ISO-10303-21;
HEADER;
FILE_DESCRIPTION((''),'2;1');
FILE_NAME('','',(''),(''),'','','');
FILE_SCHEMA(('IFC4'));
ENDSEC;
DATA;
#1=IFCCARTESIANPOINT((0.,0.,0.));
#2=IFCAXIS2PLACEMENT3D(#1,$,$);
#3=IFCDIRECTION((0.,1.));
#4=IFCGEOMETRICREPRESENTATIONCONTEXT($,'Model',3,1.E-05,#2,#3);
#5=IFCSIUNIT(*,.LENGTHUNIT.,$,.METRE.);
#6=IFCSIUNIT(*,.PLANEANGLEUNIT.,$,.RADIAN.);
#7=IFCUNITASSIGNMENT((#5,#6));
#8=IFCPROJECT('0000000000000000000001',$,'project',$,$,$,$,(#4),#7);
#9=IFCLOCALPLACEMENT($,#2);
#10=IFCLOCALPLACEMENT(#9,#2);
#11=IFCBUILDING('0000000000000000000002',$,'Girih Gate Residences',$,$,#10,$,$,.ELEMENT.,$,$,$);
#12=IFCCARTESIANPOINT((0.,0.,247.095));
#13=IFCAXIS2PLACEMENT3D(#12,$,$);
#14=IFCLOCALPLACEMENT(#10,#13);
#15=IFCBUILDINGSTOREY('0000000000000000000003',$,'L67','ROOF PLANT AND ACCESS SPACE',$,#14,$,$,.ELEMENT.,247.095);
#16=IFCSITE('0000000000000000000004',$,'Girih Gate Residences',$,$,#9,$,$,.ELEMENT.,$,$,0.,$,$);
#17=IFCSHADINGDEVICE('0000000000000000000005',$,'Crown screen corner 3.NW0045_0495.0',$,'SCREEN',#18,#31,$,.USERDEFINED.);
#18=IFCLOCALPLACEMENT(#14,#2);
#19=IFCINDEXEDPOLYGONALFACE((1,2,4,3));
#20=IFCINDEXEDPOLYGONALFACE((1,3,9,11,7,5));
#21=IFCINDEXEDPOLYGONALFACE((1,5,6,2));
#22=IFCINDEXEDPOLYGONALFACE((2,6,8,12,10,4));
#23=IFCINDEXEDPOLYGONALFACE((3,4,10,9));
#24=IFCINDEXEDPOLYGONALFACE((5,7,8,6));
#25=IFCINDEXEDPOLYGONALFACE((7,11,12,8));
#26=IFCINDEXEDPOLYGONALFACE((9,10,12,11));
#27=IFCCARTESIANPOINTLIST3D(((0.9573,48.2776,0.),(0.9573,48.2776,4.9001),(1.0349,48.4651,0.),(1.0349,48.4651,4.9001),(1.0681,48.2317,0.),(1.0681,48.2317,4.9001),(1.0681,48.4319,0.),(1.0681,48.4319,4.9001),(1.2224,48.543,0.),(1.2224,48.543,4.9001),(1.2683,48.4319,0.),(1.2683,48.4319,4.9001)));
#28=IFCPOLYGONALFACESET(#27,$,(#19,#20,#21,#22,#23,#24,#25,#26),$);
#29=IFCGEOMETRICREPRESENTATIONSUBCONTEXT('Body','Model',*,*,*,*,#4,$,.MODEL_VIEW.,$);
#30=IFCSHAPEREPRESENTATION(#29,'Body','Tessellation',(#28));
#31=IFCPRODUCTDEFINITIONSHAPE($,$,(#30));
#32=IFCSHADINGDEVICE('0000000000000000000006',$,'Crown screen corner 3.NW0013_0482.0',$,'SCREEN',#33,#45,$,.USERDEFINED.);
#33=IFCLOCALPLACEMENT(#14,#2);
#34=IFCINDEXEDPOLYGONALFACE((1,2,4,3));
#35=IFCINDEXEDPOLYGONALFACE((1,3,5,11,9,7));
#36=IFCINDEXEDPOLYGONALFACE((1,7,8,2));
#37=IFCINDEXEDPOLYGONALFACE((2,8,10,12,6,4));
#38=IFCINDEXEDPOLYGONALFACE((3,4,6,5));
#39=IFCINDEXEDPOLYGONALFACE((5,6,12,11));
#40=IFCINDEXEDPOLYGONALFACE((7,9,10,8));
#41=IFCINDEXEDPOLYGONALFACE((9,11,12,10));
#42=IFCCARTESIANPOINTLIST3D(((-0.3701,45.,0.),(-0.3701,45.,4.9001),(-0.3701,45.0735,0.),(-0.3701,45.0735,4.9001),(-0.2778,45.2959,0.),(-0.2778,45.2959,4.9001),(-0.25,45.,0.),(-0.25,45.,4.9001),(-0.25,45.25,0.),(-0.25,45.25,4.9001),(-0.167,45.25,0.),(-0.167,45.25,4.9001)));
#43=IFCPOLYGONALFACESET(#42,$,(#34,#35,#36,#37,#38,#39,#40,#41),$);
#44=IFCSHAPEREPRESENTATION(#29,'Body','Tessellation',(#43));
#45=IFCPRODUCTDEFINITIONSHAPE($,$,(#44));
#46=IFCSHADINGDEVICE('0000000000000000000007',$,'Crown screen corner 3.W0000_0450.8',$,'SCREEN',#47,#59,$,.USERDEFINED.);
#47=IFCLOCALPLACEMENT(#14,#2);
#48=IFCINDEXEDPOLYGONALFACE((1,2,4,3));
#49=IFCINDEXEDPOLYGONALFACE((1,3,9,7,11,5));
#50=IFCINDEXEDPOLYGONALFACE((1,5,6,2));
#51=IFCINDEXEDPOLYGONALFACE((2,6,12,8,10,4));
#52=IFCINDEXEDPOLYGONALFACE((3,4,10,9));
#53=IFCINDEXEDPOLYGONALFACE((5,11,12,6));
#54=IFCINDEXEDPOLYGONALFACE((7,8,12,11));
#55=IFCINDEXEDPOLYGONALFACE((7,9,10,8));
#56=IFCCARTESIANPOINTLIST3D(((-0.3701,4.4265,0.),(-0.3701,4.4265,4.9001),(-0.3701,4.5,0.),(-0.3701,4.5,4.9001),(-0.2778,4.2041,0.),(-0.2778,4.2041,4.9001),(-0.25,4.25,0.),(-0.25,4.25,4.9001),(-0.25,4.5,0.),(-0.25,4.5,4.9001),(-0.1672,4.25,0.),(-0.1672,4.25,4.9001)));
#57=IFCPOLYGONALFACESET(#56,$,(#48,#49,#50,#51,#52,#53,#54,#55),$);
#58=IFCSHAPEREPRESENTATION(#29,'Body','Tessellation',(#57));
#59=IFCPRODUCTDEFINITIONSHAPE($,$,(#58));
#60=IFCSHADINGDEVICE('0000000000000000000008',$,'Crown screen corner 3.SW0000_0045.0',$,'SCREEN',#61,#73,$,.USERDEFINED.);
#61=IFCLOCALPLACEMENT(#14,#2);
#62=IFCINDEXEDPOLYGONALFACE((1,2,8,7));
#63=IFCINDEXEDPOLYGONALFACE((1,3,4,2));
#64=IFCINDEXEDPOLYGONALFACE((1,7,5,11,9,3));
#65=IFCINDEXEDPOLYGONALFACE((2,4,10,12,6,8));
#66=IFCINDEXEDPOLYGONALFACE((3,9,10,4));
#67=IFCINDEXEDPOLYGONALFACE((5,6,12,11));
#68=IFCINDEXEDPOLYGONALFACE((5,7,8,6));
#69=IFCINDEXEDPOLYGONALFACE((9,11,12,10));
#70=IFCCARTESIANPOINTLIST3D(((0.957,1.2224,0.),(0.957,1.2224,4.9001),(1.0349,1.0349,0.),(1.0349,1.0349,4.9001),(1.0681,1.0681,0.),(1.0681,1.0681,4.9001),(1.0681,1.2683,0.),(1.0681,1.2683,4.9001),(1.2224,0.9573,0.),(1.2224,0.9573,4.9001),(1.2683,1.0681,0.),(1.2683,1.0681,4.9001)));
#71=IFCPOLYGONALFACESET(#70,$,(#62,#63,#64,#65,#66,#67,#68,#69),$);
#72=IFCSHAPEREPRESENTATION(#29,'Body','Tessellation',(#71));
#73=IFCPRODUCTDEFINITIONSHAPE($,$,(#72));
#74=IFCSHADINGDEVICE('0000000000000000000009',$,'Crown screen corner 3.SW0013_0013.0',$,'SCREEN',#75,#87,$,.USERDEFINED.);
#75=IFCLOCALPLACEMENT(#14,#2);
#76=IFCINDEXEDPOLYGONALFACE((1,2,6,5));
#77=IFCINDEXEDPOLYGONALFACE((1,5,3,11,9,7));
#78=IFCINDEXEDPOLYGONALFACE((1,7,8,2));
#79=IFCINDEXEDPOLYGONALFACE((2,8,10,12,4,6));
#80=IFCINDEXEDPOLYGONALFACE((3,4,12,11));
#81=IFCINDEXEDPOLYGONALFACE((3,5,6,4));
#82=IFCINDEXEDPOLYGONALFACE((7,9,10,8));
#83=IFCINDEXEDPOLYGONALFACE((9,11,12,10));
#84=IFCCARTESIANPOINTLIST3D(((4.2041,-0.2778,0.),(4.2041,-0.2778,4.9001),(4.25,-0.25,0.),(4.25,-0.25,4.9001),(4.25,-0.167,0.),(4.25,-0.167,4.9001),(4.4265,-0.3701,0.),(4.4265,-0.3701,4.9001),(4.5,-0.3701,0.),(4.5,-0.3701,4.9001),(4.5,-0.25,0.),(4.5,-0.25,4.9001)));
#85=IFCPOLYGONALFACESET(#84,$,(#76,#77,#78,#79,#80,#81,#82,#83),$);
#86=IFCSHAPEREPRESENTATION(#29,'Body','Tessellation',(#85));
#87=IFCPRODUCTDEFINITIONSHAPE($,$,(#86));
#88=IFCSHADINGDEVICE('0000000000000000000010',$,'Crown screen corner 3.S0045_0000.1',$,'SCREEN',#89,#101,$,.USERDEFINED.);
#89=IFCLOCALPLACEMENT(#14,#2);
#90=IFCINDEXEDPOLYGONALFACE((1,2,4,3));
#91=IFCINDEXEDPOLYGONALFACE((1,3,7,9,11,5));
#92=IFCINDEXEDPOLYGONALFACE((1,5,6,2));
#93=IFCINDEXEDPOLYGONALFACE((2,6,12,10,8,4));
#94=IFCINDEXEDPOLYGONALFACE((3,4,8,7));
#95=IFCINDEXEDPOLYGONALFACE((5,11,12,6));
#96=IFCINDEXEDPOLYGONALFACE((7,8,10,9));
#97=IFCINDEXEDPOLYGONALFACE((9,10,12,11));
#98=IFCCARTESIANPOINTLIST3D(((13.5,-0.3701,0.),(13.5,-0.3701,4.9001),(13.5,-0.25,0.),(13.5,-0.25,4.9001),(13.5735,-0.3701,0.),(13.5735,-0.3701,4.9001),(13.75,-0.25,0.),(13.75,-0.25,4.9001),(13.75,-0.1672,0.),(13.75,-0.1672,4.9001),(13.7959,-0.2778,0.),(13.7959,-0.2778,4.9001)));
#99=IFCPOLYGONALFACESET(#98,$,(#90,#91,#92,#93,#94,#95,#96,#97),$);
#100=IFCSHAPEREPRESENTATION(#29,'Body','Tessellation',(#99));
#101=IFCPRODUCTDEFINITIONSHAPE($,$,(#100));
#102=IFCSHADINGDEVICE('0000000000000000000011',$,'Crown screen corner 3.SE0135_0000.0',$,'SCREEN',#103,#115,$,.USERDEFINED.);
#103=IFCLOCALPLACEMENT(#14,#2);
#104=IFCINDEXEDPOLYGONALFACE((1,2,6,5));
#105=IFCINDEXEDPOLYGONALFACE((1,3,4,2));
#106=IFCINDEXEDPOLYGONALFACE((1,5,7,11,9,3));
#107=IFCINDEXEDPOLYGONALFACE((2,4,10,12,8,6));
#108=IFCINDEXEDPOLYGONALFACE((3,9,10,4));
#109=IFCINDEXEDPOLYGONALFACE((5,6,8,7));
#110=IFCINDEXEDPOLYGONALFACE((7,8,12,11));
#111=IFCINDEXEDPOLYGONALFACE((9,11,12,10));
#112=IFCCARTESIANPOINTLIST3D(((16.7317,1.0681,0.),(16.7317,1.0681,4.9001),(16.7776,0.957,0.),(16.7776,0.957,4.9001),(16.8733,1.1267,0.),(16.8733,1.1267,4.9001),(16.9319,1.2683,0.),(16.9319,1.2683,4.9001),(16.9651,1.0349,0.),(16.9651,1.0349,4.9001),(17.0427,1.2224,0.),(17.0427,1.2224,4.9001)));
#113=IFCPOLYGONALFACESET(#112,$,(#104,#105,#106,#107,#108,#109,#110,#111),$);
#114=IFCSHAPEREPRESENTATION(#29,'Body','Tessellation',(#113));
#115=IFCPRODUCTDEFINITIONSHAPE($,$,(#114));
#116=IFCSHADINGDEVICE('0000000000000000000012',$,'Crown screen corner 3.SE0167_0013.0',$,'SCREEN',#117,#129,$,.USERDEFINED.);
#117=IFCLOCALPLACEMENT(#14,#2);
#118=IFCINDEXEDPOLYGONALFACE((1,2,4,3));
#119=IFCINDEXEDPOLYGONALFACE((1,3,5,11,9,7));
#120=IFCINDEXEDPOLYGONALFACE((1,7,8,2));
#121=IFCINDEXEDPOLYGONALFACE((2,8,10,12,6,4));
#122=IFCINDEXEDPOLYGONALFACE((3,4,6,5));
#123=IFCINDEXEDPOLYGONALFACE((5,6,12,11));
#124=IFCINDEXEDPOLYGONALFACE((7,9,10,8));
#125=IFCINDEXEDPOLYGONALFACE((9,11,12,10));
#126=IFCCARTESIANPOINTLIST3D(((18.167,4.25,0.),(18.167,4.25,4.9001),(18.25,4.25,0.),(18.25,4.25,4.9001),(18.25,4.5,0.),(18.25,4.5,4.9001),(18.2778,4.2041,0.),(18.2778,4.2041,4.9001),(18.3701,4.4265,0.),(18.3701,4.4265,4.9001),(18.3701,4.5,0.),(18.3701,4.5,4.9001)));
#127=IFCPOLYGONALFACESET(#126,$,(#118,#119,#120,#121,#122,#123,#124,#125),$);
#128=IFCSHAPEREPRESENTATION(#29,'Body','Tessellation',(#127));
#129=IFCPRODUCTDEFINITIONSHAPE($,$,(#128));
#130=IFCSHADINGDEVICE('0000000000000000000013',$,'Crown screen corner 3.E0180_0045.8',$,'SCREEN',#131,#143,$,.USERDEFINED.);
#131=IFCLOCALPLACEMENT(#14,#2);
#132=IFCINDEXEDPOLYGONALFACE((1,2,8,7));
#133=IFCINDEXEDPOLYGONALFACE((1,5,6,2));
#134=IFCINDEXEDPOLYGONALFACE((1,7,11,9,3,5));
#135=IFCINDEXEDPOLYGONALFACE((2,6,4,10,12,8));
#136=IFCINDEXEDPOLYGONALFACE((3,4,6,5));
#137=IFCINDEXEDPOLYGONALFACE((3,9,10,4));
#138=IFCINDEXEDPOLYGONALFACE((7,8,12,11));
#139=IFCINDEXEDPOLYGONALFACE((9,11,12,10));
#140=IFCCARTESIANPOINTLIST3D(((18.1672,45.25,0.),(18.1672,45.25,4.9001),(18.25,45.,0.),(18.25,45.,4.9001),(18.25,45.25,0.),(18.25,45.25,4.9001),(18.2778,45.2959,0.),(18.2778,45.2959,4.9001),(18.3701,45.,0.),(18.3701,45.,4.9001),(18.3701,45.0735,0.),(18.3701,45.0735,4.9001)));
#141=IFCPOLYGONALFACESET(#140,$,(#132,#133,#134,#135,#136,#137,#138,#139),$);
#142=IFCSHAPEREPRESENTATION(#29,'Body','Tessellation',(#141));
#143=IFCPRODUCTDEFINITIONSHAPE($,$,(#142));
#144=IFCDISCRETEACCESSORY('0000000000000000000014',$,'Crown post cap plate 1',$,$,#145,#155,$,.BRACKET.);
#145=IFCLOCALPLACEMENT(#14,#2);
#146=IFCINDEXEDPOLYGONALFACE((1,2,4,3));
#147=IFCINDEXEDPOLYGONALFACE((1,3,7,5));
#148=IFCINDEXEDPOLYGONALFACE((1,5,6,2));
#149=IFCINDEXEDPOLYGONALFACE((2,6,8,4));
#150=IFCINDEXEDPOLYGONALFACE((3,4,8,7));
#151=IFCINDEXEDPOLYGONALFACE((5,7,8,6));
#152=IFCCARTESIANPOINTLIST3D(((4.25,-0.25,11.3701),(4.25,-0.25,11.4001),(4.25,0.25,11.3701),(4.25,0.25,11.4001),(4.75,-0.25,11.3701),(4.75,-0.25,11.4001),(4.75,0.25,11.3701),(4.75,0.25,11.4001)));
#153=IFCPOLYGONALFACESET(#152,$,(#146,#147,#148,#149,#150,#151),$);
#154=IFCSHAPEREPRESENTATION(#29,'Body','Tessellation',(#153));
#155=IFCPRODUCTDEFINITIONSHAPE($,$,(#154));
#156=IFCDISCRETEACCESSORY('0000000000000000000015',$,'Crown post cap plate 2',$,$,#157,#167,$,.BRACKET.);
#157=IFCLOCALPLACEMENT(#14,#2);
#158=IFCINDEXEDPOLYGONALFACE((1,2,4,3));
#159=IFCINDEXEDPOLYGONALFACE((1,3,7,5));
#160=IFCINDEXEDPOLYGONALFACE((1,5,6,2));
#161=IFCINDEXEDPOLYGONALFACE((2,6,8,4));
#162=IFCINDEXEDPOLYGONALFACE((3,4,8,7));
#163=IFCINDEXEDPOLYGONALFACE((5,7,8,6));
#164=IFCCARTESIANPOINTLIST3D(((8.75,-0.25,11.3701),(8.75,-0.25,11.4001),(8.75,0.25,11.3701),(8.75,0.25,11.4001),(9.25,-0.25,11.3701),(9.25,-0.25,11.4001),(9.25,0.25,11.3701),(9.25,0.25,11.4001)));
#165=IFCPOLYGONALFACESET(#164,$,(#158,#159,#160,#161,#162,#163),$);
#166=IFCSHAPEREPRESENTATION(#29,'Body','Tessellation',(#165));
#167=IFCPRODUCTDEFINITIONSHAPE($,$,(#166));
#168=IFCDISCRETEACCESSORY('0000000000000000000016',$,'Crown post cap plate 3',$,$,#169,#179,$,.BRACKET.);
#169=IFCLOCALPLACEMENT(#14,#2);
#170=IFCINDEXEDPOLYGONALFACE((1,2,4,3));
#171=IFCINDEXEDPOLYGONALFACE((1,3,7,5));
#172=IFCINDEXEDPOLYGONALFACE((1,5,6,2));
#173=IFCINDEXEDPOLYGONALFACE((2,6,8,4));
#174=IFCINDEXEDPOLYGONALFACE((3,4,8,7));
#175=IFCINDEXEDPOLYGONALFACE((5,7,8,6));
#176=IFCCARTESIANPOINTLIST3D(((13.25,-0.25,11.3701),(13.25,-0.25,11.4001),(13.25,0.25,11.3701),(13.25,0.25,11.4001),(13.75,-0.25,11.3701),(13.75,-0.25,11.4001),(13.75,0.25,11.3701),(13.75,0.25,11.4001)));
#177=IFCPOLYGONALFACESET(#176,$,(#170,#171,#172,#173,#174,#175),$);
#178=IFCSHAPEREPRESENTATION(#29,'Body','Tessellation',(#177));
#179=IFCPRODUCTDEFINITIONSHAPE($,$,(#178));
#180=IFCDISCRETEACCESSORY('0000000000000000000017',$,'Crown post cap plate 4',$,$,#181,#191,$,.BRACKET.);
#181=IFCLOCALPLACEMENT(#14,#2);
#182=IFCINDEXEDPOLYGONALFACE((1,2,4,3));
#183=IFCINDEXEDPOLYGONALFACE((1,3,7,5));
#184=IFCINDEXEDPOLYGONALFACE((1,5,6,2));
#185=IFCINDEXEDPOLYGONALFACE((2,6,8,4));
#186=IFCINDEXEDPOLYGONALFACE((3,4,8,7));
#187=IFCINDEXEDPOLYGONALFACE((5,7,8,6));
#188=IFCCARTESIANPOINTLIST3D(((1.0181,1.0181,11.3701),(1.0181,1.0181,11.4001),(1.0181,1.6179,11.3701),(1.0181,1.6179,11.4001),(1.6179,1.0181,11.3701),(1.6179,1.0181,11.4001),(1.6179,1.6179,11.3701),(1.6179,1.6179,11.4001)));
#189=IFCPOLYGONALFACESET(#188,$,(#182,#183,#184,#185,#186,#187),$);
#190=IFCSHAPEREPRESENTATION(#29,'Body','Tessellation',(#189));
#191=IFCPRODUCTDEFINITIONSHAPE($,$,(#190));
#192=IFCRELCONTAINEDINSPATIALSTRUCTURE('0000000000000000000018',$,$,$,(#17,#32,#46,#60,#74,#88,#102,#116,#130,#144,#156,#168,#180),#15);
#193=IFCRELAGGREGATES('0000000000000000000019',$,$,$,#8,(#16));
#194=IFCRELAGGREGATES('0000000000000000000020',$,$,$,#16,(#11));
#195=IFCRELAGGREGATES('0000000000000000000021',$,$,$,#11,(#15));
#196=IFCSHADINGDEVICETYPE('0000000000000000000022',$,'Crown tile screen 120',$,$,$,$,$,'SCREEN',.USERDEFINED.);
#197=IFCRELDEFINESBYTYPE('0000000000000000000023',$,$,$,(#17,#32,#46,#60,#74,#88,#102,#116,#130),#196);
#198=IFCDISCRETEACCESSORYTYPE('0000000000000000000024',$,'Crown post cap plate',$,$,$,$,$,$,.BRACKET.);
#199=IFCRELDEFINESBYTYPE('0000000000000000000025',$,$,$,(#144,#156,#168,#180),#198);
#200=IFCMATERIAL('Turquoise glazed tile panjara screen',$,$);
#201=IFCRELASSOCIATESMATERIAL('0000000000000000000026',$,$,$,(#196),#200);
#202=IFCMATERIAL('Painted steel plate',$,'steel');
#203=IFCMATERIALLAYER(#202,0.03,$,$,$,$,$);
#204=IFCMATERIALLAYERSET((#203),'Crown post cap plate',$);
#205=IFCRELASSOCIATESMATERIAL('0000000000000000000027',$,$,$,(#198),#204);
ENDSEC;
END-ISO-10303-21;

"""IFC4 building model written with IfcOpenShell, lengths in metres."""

from ifc_helpers import new_model, si_unit, direction, frame, origin, place, context, subcontext, project, spatial, polyline, outline, extrude, material, layer, layer_set, type_object, element, save


model = new_model("IFC4")

# Units and contexts
model_context = context("Model", 3, precision=1e-05, world=origin(), true_north=direction((0.0, 1.0)))
body_context = subcontext(model_context, "Body", "Model", "MODEL_VIEW")
ifc_project = project(units=[si_unit("LENGTHUNIT", "METRE"), si_unit("PLANEANGLEUNIT", "RADIAN")], contexts=[model_context])

# Site, building, storey
site_placement = place(None, origin())
site = spatial("IfcSite", under=ifc_project, at=site_placement, Name="Girih Gate Residences", CompositionType="ELEMENT", RefElevation=0.0)
building_placement = place(site_placement, origin())
building = spatial("IfcBuilding", under=site, at=building_placement, Name="Girih Gate Residences", CompositionType="ELEMENT")
storey_placement = place(building_placement, frame((0.0, 0.0, 247.095)))
storey = spatial("IfcBuildingStorey", under=building, at=storey_placement, Name="L67", Description="ROOF PLANT AND ACCESS SPACE", CompositionType="ELEMENT", Elevation=247.095)

# Shading devices
ifc_material_1 = material(Name="Turquoise glazed tile panjara screen")
shading_device_type_1 = type_object("IfcShadingDeviceType", Name="Crown tile screen 120", ElementType="SCREEN", PredefinedType="USERDEFINED", material=ifc_material_1)
shading_device_1_placement = place(storey_placement, origin())
element("IfcShadingDevice", 1, at=shading_device_1_placement, inside=storey, type_object=shading_device_type_1, Name="Crown screen corner 3.NW0045_0495.0", ObjectType="SCREEN", PredefinedType="USERDEFINED", context=body_context, shape_type="SweptSolid", body=[
    extrude(outline(polyline([(1.0349, 48.4651), (1.2224, 48.543), (1.2683, 48.4319), (1.0681, 48.4319), (1.0681, 48.2317), (0.9573, 48.2776), (1.0349, 48.4651)])), origin(), (0.0, 0.0, 1.0), 4.9001),
])
shading_device_2_placement = place(storey_placement, origin())
element("IfcShadingDevice", 2, at=shading_device_2_placement, inside=storey, type_object=shading_device_type_1, Name="Crown screen corner 3.NW0013_0482.0", ObjectType="SCREEN", PredefinedType="USERDEFINED", context=body_context, shape_type="SweptSolid", body=[
    extrude(outline(polyline([(-0.3701, 45.0735), (-0.2778, 45.2959), (-0.167, 45.25), (-0.25, 45.25), (-0.25, 45.0), (-0.3701, 45.0), (-0.3701, 45.0735)])), origin(), (0.0, 0.0, 1.0), 4.9001),
])
shading_device_3_placement = place(storey_placement, origin())
element("IfcShadingDevice", 3, at=shading_device_3_placement, inside=storey, type_object=shading_device_type_1, Name="Crown screen corner 3.W0000_0450.8", ObjectType="SCREEN", PredefinedType="USERDEFINED", context=body_context, shape_type="SweptSolid", body=[
    extrude(outline(polyline([(-0.3701, 4.4265), (-0.3701, 4.5), (-0.25, 4.5), (-0.25, 4.25), (-0.1672, 4.25), (-0.2778, 4.2041), (-0.3701, 4.4265)])), origin(), (0.0, 0.0, 1.0), 4.9001),
])
shading_device_4_placement = place(storey_placement, origin())
element("IfcShadingDevice", 4, at=shading_device_4_placement, inside=storey, type_object=shading_device_type_1, Name="Crown screen corner 3.SW0000_0045.0", ObjectType="SCREEN", PredefinedType="USERDEFINED", context=body_context, shape_type="SweptSolid", body=[
    extrude(outline(polyline([(1.0349, 1.0349), (0.957, 1.2224), (1.0681, 1.2683), (1.0681, 1.0681), (1.2683, 1.0681), (1.2224, 0.9573), (1.0349, 1.0349)])), origin(), (0.0, 0.0, 1.0), 4.9001),
])
shading_device_5_placement = place(storey_placement, origin())
element("IfcShadingDevice", 5, at=shading_device_5_placement, inside=storey, type_object=shading_device_type_1, Name="Crown screen corner 3.SW0013_0013.0", ObjectType="SCREEN", PredefinedType="USERDEFINED", context=body_context, shape_type="SweptSolid", body=[
    extrude(outline(polyline([(4.4265, -0.3701), (4.2041, -0.2778), (4.25, -0.167), (4.25, -0.25), (4.5, -0.25), (4.5, -0.3701), (4.4265, -0.3701)])), origin(), (0.0, 0.0, 1.0), 4.9001),
])
shading_device_6_placement = place(storey_placement, origin())
element("IfcShadingDevice", 6, at=shading_device_6_placement, inside=storey, type_object=shading_device_type_1, Name="Crown screen corner 3.S0045_0000.1", ObjectType="SCREEN", PredefinedType="USERDEFINED", context=body_context, shape_type="SweptSolid", body=[
    extrude(outline(polyline([(13.5735, -0.3701), (13.5, -0.3701), (13.5, -0.25), (13.75, -0.25), (13.75, -0.1672), (13.7959, -0.2778), (13.5735, -0.3701)])), origin(), (0.0, 0.0, 1.0), 4.9001),
])
shading_device_7_placement = place(storey_placement, origin())
element("IfcShadingDevice", 7, at=shading_device_7_placement, inside=storey, type_object=shading_device_type_1, Name="Crown screen corner 3.SE0135_0000.0", ObjectType="SCREEN", PredefinedType="USERDEFINED", context=body_context, shape_type="SweptSolid", body=[
    extrude(outline(polyline([(16.9651, 1.0349), (16.7776, 0.957), (16.7317, 1.0681), (16.8733, 1.1267), (16.9319, 1.2683), (17.0427, 1.2224), (16.9651, 1.0349)])), origin(), (0.0, 0.0, 1.0), 4.9001),
])
shading_device_8_placement = place(storey_placement, origin())
element("IfcShadingDevice", 8, at=shading_device_8_placement, inside=storey, type_object=shading_device_type_1, Name="Crown screen corner 3.SE0167_0013.0", ObjectType="SCREEN", PredefinedType="USERDEFINED", context=body_context, shape_type="SweptSolid", body=[
    extrude(outline(polyline([(18.3701, 4.4265), (18.2778, 4.2041), (18.167, 4.25), (18.25, 4.25), (18.25, 4.5), (18.3701, 4.5), (18.3701, 4.4265)])), origin(), (0.0, 0.0, 1.0), 4.9001),
])
shading_device_9_placement = place(storey_placement, origin())
element("IfcShadingDevice", 9, at=shading_device_9_placement, inside=storey, type_object=shading_device_type_1, Name="Crown screen corner 3.E0180_0045.8", ObjectType="SCREEN", PredefinedType="USERDEFINED", context=body_context, shape_type="SweptSolid", body=[
    extrude(outline(polyline([(18.3701, 45.0735), (18.3701, 45.0), (18.25, 45.0), (18.25, 45.25), (18.1672, 45.25), (18.2778, 45.2959), (18.3701, 45.0735)])), origin(), (0.0, 0.0, 1.0), 4.9001),
])

# Discrete accessories
ifc_material_2 = material(Name="Painted steel plate", Category="steel")
ifc_layer_1 = layer(ifc_material_2, 0.03)
ifc_layer_set_1 = layer_set([ifc_layer_1], Name="Crown post cap plate")
discrete_accessory_type = type_object("IfcDiscreteAccessoryType", Name="Crown post cap plate", PredefinedType="BRACKET", material=ifc_layer_set_1)
discrete_accessory_1_placement = place(storey_placement, frame((0.0, 0.0, 11.3701)))
element("IfcDiscreteAccessory", 10, at=discrete_accessory_1_placement, inside=storey, type_object=discrete_accessory_type, Name="Crown post cap plate 1", PredefinedType="BRACKET", context=body_context, shape_type="SweptSolid", body=[
    extrude(outline(polyline([(4.25, -0.25), (4.75, -0.25), (4.75, 0.25), (4.25, 0.25), (4.25, -0.25)])), origin(), (0.0, 0.0, 1.0), 0.03),
])
discrete_accessory_2_placement = place(storey_placement, frame((0.0, 0.0, 11.3701)))
element("IfcDiscreteAccessory", 11, at=discrete_accessory_2_placement, inside=storey, type_object=discrete_accessory_type, Name="Crown post cap plate 2", PredefinedType="BRACKET", context=body_context, shape_type="SweptSolid", body=[
    extrude(outline(polyline([(8.75, -0.25), (9.25, -0.25), (9.25, 0.25), (8.75, 0.25), (8.75, -0.25)])), origin(), (0.0, 0.0, 1.0), 0.03),
])
discrete_accessory_3_placement = place(storey_placement, frame((0.0, 0.0, 11.3701)))
element("IfcDiscreteAccessory", 12, at=discrete_accessory_3_placement, inside=storey, type_object=discrete_accessory_type, Name="Crown post cap plate 3", PredefinedType="BRACKET", context=body_context, shape_type="SweptSolid", body=[
    extrude(outline(polyline([(13.25, -0.25), (13.75, -0.25), (13.75, 0.25), (13.25, 0.25), (13.25, -0.25)])), origin(), (0.0, 0.0, 1.0), 0.03),
])
discrete_accessory_4_placement = place(storey_placement, frame((0.0, 0.0, 11.3701)))
element("IfcDiscreteAccessory", 13, at=discrete_accessory_4_placement, inside=storey, type_object=discrete_accessory_type, Name="Crown post cap plate 4", PredefinedType="BRACKET", context=body_context, shape_type="SweptSolid", body=[
    extrude(outline(polyline([(1.0181, 1.0181), (1.6179, 1.0181), (1.6179, 1.6179), (1.0181, 1.6179), (1.0181, 1.0181)])), origin(), (0.0, 0.0, 1.0), 0.03),
])

save(model, "model.ifc")
